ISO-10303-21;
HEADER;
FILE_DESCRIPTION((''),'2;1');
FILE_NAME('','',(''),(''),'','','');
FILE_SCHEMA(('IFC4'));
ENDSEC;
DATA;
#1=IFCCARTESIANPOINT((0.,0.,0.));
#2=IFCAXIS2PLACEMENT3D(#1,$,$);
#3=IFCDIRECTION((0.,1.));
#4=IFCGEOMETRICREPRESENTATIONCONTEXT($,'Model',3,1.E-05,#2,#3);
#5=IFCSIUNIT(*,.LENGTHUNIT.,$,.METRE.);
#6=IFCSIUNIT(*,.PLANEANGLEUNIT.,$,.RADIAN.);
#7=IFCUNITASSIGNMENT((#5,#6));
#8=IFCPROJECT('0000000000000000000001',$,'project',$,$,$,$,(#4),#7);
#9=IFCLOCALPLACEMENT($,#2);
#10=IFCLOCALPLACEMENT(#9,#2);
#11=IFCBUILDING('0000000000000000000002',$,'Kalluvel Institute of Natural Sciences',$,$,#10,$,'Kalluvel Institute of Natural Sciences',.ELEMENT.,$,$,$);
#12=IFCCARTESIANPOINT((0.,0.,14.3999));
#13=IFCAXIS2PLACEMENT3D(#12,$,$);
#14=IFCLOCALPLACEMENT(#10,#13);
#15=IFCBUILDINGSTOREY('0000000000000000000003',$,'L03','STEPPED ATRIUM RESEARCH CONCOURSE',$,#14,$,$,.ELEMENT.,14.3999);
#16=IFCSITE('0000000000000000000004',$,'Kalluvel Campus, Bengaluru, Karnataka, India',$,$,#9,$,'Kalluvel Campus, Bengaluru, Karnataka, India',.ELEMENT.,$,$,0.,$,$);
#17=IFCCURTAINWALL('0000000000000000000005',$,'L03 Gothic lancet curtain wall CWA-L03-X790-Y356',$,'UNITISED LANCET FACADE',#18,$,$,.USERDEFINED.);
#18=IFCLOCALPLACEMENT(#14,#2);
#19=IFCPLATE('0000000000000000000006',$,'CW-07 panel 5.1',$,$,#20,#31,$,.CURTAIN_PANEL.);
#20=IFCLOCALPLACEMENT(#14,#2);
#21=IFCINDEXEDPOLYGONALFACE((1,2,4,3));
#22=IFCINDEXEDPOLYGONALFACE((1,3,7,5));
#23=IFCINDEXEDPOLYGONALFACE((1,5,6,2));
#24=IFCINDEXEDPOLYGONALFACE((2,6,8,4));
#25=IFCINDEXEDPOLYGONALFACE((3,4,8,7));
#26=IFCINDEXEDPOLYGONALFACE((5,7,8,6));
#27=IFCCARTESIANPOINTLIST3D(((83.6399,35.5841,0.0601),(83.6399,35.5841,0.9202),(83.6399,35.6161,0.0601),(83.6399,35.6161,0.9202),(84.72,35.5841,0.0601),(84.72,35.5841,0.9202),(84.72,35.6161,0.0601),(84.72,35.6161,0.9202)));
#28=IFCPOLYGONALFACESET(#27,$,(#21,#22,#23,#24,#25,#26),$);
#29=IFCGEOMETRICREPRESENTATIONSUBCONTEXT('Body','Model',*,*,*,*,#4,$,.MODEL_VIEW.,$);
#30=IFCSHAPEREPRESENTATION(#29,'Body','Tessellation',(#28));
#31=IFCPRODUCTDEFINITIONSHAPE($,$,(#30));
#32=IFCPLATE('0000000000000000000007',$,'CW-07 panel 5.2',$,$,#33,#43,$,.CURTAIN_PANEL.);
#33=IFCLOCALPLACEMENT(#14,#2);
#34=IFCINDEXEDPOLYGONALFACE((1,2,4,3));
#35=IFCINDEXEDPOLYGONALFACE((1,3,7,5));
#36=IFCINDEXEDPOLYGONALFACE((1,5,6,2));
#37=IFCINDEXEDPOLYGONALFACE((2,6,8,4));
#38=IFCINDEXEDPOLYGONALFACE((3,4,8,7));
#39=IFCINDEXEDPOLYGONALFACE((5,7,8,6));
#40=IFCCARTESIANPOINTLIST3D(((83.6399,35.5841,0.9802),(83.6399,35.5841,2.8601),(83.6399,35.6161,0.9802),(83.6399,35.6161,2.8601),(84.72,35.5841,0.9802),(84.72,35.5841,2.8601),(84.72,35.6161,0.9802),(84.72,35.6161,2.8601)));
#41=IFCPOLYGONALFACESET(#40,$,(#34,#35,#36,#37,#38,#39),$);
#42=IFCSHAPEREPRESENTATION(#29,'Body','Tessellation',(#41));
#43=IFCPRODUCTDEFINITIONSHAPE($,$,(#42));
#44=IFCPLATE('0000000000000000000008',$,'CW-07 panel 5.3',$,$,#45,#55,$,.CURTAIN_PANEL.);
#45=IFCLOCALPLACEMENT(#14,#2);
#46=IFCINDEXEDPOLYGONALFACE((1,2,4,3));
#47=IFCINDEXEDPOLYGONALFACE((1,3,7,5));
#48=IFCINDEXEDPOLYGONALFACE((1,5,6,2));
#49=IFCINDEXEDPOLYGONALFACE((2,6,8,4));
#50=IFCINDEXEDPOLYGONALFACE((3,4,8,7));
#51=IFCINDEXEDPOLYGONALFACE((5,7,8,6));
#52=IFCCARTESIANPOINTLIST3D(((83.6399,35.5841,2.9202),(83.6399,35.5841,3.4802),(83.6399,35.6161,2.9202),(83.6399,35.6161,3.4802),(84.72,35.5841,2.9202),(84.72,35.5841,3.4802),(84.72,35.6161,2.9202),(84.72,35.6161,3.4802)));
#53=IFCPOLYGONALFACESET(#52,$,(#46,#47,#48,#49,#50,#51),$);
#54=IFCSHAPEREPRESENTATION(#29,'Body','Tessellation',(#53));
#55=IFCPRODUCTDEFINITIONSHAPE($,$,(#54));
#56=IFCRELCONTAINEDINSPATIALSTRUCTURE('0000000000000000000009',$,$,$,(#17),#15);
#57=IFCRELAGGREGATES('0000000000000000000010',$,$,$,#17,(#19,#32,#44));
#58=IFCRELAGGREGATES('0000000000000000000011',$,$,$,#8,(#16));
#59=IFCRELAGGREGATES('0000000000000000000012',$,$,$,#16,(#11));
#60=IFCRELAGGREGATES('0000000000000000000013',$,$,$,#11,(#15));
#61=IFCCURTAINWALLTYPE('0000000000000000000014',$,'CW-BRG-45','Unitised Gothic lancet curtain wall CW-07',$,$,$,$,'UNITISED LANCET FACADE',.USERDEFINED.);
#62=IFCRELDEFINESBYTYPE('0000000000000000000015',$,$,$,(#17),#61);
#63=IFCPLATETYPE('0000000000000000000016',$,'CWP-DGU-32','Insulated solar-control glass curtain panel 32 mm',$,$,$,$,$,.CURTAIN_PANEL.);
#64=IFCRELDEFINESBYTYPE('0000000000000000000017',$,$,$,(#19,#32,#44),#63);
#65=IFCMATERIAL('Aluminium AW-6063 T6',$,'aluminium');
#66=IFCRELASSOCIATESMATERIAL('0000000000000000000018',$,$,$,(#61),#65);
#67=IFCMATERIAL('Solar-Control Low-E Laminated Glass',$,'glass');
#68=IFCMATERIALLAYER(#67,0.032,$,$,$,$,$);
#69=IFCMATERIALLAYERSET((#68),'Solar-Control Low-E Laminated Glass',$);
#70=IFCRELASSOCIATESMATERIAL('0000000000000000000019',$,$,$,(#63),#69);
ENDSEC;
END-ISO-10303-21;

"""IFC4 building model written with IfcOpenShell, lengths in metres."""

from ifc_helpers import new_model, si_unit, direction, frame, origin, origin_2d, place, context, subcontext, project, spatial, rectangle, extrude, material, layer, layer_set, type_object, element, aggregate, save


model = new_model("IFC4")

# Units and contexts
model_context = context("Model", 3, precision=1e-05, world=origin(), true_north=direction((0.0, 1.0)))
body_context = subcontext(model_context, "Body", "Model", "MODEL_VIEW")
ifc_project = project(units=[si_unit("LENGTHUNIT", "METRE"), si_unit("PLANEANGLEUNIT", "RADIAN")], contexts=[model_context])

# Site, building, storey
site_placement = place(None, origin())
site = spatial("IfcSite", under=ifc_project, at=site_placement, Name="Kalluvel Campus, Bengaluru, Karnataka, India", LongName="Kalluvel Campus, Bengaluru, Karnataka, India", CompositionType="ELEMENT", RefElevation=0.0)
building_placement = place(site_placement, origin())
building = spatial("IfcBuilding", under=site, at=building_placement, Name="Kalluvel Institute of Natural Sciences", LongName="Kalluvel Institute of Natural Sciences", CompositionType="ELEMENT")
storey_placement = place(building_placement, frame((0.0, 0.0, 14.3999)))
storey = spatial("IfcBuildingStorey", under=building, at=storey_placement, Name="L03", Description="STEPPED ATRIUM RESEARCH CONCOURSE", CompositionType="ELEMENT", Elevation=14.3999)

# Curtain wall
ifc_material_1 = material(Name="Aluminium AW-6063 T6", Category="aluminium")
curtain_wall_type = type_object("IfcCurtainWallType", Name="CW-BRG-45", Description="Unitised Gothic lancet curtain wall CW-07", ElementType="UNITISED LANCET FACADE", PredefinedType="USERDEFINED", material=ifc_material_1)
curtain_wall_placement = place(storey_placement, origin())
curtain_wall = element("IfcCurtainWall", 1, at=curtain_wall_placement, inside=storey, type_object=curtain_wall_type, Name="L03 Gothic lancet curtain wall CWA-L03-X790-Y356", ObjectType="UNITISED LANCET FACADE", PredefinedType="USERDEFINED")

# Plates
ifc_material_2 = material(Name="Solar-Control Low-E Laminated Glass", Category="glass")
ifc_layer = layer(ifc_material_2, 0.032)
ifc_layer_set = layer_set([ifc_layer], Name="Solar-Control Low-E Laminated Glass")
plate_type = type_object("IfcPlateType", Name="CWP-DGU-32", Description="Insulated solar-control glass curtain panel 32 mm", PredefinedType="CURTAIN_PANEL", material=ifc_layer_set)
plate_1_placement = place(storey_placement, frame((84.1799, 35.6001, 0.0601), z_axis=(0.0, 0.0, 1.0), x_axis=(1.0, 0.0, 0.0)))
plate_1 = element("IfcPlate", 2, at=plate_1_placement, type_object=plate_type, Name="CW-07 panel 5.1", PredefinedType="CURTAIN_PANEL", context=body_context, shape_type="SweptSolid", body=[
    extrude(rectangle(XDim=1.0801, YDim=0.032, at=origin_2d()), origin(), (0.0, 0.0, 1.0), 0.8601),
])
plate_2_placement = place(storey_placement, frame((84.1799, 35.6001, 0.9802), z_axis=(0.0, 0.0, 1.0), x_axis=(1.0, 0.0, 0.0)))
plate_2 = element("IfcPlate", 3, at=plate_2_placement, type_object=plate_type, Name="CW-07 panel 5.2", PredefinedType="CURTAIN_PANEL", context=body_context, shape_type="SweptSolid", body=[
    extrude(rectangle(XDim=1.0801, YDim=0.032, at=origin_2d()), origin(), (0.0, 0.0, 1.0), 1.8799),
])
plate_3_placement = place(storey_placement, frame((84.1799, 35.6001, 2.9202), z_axis=(0.0, 0.0, 1.0), x_axis=(1.0, 0.0, 0.0)))
plate_3 = element("IfcPlate", 4, at=plate_3_placement, type_object=plate_type, Name="CW-07 panel 5.3", PredefinedType="CURTAIN_PANEL", context=body_context, shape_type="SweptSolid", body=[
    extrude(rectangle(XDim=1.0801, YDim=0.032, at=origin_2d()), origin(), (0.0, 0.0, 1.0), 0.5601),
])
aggregate(curtain_wall, [plate_1, plate_2, plate_3])

save(model, "model.ifc")
